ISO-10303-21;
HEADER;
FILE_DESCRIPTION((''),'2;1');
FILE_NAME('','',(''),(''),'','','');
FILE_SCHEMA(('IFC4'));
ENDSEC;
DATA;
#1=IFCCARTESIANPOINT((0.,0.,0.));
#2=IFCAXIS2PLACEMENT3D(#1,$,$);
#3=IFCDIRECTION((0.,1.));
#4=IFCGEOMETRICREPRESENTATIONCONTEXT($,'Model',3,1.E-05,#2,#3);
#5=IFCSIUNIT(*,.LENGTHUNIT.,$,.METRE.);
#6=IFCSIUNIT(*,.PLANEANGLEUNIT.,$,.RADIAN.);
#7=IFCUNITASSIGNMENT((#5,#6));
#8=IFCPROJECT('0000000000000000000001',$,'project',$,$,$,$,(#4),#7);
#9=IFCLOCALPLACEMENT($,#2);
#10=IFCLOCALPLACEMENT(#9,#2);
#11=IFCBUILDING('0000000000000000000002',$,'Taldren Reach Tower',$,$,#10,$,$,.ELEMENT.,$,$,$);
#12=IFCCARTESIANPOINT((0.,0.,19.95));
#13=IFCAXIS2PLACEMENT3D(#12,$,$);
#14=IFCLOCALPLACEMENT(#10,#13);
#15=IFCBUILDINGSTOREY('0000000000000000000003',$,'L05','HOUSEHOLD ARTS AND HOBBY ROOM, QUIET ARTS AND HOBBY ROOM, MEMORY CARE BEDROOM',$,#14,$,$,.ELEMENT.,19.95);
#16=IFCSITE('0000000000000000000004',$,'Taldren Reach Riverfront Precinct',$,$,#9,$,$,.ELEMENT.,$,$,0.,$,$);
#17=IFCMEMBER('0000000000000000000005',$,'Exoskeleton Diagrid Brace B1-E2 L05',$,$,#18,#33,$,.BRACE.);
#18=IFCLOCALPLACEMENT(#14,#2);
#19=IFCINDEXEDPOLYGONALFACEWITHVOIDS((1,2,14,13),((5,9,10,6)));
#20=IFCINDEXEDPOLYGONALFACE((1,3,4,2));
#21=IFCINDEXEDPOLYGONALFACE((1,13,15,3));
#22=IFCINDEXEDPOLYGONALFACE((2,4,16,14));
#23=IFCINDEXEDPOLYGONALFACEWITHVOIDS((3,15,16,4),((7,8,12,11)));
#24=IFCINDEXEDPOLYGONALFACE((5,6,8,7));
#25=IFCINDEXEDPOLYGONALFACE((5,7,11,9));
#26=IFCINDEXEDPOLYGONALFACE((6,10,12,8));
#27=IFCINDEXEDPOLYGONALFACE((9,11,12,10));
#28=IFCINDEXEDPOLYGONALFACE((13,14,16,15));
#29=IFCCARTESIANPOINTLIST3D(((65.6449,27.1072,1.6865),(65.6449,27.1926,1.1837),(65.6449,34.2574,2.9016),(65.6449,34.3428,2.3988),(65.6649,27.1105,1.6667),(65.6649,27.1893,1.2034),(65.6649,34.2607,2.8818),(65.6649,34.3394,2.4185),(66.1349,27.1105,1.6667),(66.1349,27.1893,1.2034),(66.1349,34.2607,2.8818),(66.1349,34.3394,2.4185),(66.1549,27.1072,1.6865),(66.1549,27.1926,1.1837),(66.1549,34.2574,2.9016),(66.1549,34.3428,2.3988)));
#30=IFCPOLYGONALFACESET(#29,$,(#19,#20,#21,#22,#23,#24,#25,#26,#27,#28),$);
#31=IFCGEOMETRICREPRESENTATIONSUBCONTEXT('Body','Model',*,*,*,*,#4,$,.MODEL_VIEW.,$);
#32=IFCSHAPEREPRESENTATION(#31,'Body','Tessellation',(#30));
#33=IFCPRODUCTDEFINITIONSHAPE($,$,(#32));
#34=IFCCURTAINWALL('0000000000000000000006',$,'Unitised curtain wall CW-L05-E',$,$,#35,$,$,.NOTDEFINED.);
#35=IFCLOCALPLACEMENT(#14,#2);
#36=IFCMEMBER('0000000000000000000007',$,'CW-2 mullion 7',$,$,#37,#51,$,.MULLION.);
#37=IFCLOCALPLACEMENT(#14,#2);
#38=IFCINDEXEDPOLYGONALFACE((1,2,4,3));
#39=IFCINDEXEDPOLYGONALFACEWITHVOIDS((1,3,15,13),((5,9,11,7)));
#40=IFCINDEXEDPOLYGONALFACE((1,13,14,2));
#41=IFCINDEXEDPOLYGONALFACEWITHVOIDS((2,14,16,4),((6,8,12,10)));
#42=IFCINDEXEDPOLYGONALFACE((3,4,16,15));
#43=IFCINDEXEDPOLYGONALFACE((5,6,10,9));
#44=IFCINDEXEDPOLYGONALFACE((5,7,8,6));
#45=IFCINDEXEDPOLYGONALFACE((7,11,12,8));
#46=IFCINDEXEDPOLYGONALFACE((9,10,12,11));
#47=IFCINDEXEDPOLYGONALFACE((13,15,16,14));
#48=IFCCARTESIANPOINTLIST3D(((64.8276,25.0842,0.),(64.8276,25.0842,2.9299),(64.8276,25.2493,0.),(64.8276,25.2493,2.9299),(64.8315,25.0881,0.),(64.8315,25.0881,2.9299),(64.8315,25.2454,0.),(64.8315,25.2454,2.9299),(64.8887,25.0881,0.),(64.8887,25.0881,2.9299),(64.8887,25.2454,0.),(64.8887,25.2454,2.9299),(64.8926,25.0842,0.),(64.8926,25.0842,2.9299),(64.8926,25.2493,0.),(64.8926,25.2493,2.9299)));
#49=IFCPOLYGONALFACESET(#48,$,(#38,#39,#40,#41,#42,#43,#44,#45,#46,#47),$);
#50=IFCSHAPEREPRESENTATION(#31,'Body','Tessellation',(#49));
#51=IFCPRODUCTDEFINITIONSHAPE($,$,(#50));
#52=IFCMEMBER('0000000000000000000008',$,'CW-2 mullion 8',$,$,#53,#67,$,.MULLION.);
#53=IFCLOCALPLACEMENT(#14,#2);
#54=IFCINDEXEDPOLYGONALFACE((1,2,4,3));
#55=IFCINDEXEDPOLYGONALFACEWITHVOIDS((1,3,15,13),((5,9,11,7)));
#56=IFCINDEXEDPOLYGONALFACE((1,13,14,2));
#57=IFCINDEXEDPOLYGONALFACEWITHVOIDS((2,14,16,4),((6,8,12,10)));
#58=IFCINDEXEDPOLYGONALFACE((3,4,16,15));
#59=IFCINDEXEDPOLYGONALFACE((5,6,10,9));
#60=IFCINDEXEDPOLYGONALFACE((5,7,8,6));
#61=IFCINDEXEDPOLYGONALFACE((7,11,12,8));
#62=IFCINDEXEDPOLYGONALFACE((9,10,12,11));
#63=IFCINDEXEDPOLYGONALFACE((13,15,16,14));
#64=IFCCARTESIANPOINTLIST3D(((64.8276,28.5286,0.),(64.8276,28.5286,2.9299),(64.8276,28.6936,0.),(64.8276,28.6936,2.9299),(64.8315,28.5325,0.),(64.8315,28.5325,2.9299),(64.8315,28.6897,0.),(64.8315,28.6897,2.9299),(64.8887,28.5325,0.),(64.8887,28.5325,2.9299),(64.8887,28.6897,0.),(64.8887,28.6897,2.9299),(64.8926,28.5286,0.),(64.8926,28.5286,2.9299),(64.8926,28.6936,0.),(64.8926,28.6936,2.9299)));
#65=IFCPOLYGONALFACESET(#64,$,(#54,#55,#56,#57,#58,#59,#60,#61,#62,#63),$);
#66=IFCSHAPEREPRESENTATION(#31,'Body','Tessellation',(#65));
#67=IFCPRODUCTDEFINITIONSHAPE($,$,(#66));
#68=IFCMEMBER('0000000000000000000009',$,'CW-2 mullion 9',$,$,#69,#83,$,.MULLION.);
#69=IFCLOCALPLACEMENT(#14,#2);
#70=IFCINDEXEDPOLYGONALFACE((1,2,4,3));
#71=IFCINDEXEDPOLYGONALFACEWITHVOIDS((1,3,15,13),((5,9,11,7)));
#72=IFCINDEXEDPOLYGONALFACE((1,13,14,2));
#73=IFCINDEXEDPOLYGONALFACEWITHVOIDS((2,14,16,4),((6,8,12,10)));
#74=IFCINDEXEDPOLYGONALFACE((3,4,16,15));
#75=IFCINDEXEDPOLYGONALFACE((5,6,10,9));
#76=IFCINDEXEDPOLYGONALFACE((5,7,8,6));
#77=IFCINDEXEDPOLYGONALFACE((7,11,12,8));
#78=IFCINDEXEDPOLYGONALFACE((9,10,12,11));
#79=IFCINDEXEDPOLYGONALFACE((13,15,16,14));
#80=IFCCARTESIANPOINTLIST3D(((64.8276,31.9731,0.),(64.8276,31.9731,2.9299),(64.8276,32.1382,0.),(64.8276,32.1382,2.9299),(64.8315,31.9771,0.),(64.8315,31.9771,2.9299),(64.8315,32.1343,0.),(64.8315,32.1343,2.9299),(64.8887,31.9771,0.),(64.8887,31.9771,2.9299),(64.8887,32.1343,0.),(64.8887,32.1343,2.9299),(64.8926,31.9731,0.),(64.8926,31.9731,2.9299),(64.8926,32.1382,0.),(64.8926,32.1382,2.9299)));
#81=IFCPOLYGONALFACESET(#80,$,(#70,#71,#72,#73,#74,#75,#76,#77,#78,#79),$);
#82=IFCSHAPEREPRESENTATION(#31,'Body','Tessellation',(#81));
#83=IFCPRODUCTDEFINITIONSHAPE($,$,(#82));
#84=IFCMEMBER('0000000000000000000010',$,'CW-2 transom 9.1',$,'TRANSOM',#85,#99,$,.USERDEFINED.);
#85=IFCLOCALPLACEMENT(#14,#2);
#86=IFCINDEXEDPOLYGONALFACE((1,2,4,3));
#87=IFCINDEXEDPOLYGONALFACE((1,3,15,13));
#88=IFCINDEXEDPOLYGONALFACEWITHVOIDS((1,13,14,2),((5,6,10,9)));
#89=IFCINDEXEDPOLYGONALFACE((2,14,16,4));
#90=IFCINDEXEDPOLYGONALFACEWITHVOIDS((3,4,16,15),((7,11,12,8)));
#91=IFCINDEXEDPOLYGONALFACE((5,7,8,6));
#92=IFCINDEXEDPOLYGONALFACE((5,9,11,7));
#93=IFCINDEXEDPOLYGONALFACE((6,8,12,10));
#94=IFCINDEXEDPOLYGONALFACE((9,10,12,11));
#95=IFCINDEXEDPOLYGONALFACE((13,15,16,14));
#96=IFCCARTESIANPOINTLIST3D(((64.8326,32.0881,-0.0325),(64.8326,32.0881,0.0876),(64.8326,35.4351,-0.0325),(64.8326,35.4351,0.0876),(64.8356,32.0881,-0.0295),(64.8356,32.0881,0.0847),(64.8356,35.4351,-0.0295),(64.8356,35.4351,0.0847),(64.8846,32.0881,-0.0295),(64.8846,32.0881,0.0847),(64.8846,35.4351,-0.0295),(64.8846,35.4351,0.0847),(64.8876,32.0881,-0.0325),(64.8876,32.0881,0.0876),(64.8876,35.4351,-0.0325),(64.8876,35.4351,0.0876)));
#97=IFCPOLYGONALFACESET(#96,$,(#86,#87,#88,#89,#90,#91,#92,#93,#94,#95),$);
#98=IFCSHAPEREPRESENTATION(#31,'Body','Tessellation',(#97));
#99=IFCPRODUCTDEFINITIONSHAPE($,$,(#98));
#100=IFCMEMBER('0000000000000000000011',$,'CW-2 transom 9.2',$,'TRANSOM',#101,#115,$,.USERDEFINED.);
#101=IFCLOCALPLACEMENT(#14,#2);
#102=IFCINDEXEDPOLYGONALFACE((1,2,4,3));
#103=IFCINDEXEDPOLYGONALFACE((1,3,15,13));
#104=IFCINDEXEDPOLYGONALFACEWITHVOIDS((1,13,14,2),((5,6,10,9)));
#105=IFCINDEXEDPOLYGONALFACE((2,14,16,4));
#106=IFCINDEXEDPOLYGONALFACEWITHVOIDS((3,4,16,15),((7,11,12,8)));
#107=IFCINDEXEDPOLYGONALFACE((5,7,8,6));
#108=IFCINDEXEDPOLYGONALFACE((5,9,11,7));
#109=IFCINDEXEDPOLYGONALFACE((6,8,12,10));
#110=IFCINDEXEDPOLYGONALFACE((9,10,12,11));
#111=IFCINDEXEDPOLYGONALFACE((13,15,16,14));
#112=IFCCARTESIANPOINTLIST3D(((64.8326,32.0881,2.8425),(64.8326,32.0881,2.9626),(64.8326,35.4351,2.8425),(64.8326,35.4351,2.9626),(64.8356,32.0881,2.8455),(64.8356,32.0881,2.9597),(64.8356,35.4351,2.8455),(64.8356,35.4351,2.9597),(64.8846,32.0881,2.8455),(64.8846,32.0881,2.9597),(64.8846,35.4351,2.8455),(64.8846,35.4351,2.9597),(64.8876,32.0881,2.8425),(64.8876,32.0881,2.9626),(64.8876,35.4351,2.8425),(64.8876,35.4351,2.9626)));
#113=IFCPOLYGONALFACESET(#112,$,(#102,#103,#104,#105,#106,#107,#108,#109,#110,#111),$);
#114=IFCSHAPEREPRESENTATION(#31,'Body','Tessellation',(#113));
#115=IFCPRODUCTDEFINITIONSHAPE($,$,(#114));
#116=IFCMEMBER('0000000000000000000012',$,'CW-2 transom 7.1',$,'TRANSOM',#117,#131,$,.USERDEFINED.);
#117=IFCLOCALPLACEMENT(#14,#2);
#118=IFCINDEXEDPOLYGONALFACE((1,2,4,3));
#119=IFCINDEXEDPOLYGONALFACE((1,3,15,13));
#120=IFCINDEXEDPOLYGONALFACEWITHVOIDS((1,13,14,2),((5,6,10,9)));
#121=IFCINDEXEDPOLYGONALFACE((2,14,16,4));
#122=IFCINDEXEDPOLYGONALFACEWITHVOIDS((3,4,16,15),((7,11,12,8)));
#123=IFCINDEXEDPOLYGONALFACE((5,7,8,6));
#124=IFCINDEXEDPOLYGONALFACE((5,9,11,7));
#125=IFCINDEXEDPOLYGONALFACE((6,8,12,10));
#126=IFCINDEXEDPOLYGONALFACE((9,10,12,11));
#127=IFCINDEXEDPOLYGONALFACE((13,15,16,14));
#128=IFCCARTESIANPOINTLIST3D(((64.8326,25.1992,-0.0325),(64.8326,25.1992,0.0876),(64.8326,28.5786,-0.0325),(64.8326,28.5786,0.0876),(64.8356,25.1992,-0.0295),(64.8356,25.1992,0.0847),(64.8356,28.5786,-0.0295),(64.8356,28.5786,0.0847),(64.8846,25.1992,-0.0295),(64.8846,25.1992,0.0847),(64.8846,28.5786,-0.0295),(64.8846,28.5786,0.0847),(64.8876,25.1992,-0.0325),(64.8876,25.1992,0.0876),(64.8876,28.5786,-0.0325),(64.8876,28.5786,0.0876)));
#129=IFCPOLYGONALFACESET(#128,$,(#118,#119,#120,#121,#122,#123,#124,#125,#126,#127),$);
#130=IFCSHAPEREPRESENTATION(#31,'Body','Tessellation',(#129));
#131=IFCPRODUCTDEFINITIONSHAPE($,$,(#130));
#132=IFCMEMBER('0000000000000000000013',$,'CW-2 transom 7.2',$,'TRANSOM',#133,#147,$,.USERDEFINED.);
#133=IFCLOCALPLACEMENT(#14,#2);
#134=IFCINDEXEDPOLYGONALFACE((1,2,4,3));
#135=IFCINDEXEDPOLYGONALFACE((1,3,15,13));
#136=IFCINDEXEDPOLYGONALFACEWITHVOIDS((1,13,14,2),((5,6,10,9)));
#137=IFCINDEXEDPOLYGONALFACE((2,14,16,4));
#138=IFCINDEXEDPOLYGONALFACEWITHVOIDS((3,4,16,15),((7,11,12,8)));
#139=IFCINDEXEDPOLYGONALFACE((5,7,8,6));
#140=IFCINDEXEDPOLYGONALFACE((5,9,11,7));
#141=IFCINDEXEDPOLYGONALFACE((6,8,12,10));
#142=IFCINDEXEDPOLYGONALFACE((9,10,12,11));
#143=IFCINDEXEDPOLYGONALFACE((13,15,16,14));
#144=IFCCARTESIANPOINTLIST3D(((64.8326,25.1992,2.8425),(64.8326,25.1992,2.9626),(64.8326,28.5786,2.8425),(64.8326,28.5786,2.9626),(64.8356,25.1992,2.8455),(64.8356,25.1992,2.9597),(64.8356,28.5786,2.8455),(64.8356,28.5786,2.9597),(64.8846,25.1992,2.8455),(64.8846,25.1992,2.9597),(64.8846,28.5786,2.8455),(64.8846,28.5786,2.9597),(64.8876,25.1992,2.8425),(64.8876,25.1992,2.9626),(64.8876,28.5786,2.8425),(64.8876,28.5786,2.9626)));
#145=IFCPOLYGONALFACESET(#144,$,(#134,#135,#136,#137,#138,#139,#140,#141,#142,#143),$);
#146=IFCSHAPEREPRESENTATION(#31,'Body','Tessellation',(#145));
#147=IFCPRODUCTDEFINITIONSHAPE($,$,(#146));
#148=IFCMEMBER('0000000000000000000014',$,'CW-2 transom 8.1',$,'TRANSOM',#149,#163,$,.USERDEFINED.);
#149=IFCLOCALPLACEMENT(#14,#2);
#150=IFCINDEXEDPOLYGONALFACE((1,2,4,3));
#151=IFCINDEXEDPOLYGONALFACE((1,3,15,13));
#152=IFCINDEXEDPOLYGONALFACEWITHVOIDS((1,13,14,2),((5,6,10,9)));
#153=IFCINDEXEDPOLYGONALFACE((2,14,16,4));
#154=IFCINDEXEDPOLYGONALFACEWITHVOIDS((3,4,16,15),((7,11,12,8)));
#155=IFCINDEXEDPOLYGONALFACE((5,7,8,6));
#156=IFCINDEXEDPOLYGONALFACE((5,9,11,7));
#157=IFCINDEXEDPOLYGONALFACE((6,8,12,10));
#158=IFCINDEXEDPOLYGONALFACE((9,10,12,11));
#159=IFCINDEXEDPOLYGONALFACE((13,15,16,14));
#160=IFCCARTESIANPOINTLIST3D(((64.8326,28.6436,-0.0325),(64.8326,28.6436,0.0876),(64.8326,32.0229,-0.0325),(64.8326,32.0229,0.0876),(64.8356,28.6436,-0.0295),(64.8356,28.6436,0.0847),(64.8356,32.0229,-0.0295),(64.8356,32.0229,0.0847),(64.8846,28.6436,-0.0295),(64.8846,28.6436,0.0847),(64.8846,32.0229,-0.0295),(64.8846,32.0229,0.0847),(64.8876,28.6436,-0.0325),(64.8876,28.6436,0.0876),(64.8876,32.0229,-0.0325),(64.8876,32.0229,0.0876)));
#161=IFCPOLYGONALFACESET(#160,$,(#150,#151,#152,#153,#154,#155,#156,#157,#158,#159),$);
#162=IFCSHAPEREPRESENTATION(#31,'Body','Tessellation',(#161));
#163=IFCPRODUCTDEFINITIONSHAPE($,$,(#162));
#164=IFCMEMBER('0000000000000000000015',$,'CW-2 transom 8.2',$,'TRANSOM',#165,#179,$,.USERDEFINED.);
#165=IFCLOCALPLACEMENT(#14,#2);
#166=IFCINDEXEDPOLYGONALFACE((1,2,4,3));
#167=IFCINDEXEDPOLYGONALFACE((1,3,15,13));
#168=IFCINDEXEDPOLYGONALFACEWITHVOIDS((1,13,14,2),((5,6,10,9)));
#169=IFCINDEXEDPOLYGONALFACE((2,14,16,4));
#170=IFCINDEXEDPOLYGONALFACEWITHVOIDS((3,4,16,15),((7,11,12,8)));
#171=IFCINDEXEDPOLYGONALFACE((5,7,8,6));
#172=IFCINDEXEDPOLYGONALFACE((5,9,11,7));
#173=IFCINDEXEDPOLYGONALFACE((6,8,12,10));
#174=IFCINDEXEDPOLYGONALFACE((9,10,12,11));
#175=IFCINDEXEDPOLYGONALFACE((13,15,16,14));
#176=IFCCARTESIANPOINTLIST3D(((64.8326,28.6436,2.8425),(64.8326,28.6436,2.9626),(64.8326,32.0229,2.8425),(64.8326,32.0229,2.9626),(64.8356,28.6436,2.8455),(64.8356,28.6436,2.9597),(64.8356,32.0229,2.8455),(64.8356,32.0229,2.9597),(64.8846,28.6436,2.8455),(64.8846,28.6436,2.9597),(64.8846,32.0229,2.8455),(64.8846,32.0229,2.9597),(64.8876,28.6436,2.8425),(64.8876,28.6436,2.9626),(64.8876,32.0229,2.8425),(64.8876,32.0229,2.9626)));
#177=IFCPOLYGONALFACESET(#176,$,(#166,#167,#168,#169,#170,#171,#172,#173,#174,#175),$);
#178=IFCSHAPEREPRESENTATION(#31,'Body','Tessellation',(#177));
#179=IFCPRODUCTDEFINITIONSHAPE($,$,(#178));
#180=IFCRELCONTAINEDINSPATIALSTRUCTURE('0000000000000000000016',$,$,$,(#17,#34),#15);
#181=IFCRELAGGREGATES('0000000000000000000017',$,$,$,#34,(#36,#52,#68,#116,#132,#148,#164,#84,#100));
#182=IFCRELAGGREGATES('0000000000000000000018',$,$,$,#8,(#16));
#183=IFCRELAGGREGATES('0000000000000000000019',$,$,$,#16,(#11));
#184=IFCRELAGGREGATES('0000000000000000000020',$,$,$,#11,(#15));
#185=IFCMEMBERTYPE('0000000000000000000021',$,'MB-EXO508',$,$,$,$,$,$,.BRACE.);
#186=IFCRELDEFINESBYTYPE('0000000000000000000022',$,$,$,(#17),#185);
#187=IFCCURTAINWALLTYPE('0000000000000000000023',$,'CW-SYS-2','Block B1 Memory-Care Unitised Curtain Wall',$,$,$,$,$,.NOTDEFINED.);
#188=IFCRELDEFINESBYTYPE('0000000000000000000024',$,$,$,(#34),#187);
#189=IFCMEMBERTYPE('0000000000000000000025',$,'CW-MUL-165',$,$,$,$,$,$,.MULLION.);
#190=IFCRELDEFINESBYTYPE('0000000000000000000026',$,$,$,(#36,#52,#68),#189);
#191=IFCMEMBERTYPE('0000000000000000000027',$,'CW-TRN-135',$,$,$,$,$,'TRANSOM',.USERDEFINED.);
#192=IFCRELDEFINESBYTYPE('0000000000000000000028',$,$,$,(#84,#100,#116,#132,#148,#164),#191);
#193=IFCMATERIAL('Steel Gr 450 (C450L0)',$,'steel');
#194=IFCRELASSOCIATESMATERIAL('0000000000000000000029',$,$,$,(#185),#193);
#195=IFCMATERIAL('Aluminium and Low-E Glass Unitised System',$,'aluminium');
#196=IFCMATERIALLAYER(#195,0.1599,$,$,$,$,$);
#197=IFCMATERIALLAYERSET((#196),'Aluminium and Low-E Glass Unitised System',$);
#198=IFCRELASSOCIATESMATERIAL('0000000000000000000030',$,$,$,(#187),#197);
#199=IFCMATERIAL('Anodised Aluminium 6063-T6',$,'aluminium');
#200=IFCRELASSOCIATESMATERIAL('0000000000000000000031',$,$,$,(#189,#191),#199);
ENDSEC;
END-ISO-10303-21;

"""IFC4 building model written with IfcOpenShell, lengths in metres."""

from ifc_helpers import new_model, si_unit, direction, frame, origin, origin_2d, place, context, subcontext, project, spatial, hollow_rectangle, extrude, source, transform, mapped, material, layer, layer_set, material_profile, profile_set, type_object, element, aggregate, save


model = new_model("IFC4")

# Units and contexts
model_context = context("Model", 3, precision=1e-05, world=origin(), true_north=direction((0.0, 1.0)))
body_context = subcontext(model_context, "Body", "Model", "MODEL_VIEW")
ifc_project = project(units=[si_unit("LENGTHUNIT", "METRE"), si_unit("PLANEANGLEUNIT", "RADIAN")], contexts=[model_context])

# Site, building, storey
site_placement = place(None, origin())
site = spatial("IfcSite", under=ifc_project, at=site_placement, Name="Taldren Reach Riverfront Precinct", CompositionType="ELEMENT", RefElevation=0.0)
building_placement = place(site_placement, origin())
building = spatial("IfcBuilding", under=site, at=building_placement, Name="Taldren Reach Tower", CompositionType="ELEMENT")
storey_placement = place(building_placement, frame((0.0, 0.0, 19.95)))
storey = spatial("IfcBuildingStorey", under=building, at=storey_placement, Name="L05", Description="HOUSEHOLD ARTS AND HOBBY ROOM, QUIET ARTS AND HOBBY ROOM, MEMORY CARE BEDROOM", CompositionType="ELEMENT", Elevation=19.95)

# Member
ifc_material_1 = material(Name="Steel Gr 450 (C450L0)", Category="steel")
ifc_material_profile_1 = material_profile(ifc_material_1, hollow_rectangle(XDim=0.51, YDim=0.51, WallThickness=0.02, at=origin_2d()), Name="510x510x20.0SHS")
ifc_profile_set_1 = profile_set([ifc_material_profile_1], Name="Steel Gr 450 (C450L0)")
member_type_1 = type_object("IfcMemberType", Name="MB-EXO508", PredefinedType="BRACE", material=ifc_profile_set_1)
shared_shape_1 = source(origin(), body_context, "Body", "SweptSolid", [
    extrude(hollow_rectangle(XDim=0.51, YDim=0.51, WallThickness=0.02, at=origin_2d()), origin(), (0.0, 0.0, 1.0), 7.2527),
])
member_1_placement = place(storey_placement, frame((65.8999, 27.1499, 1.4351), z_axis=(0.0, 0.985866, 0.167537), x_axis=(-1.0, 0.0, 0.0)))
element("IfcMember", 1, at=member_1_placement, inside=storey, type_object=member_type_1, Name="Exoskeleton Diagrid Brace B1-E2 L05", PredefinedType="BRACE", context=body_context, shape_type="MappedRepresentation", body=[
    mapped(shared_shape_1, transform((0.0, 0.0, 0.0), scale=1.0)),
])

# Curtain wall, members
ifc_material_2 = material(Name="Aluminium and Low-E Glass Unitised System", Category="aluminium")
ifc_layer_1 = layer(ifc_material_2, 0.1599)
ifc_layer_set_1 = layer_set([ifc_layer_1], Name="Aluminium and Low-E Glass Unitised System")
curtain_wall_type = type_object("IfcCurtainWallType", Name="CW-SYS-2", Description="Block B1 Memory-Care Unitised Curtain Wall", PredefinedType="NOTDEFINED", material=ifc_layer_set_1)
curtain_wall_placement = place(storey_placement, origin())
curtain_wall = element("IfcCurtainWall", 2, at=curtain_wall_placement, inside=storey, type_object=curtain_wall_type, Name="Unitised curtain wall CW-L05-E", PredefinedType="NOTDEFINED")
ifc_material_3 = material(Name="Anodised Aluminium 6063-T6", Category="aluminium")
ifc_material_profile_2 = material_profile(ifc_material_3, hollow_rectangle(XDim=0.0649, YDim=0.165, WallThickness=0.0039, at=origin_2d()), Name="ALU-165x65x4RHS")
ifc_profile_set_2 = profile_set([ifc_material_profile_2], Name="Anodised Aluminium 6063-T6")
member_type_2 = type_object("IfcMemberType", Name="CW-MUL-165", PredefinedType="MULLION", material=ifc_profile_set_2)
shared_shape_2 = source(origin(), body_context, "Body", "SweptSolid", [
    extrude(hollow_rectangle(XDim=0.0649, YDim=0.165, WallThickness=0.0039, at=origin_2d()), origin(), (0.0, 0.0, 1.0), 2.9299),
])
member_2_placement = place(storey_placement, frame((64.8601, 25.1667, 0.0), z_axis=(0.0, 0.0, 1.0), x_axis=(-1.0, 0.0, 0.0)))
member_2 = element("IfcMember", 3, at=member_2_placement, type_object=member_type_2, Name="CW-2 mullion 7", PredefinedType="MULLION", context=body_context, shape_type="MappedRepresentation", body=[
    mapped(shared_shape_2, transform((0.0, 0.0, 0.0), scale=1.0)),
])
member_3_placement = place(storey_placement, frame((64.8601, 28.6111, 0.0), z_axis=(0.0, 0.0, 1.0), x_axis=(-1.0, 0.0, 0.0)))
member_3 = element("IfcMember", 4, at=member_3_placement, type_object=member_type_2, Name="CW-2 mullion 8", PredefinedType="MULLION", context=body_context, shape_type="MappedRepresentation", body=[
    mapped(shared_shape_2, transform((0.0, 0.0, 0.0), scale=1.0)),
])
member_4_placement = place(storey_placement, frame((64.8601, 32.0557, 0.0), z_axis=(0.0, 0.0, 1.0), x_axis=(-1.0, 0.0, 0.0)))
member_4 = element("IfcMember", 5, at=member_4_placement, type_object=member_type_2, Name="CW-2 mullion 9", PredefinedType="MULLION", context=body_context, shape_type="MappedRepresentation", body=[
    mapped(shared_shape_2, transform((0.0, 0.0, 0.0), scale=1.0)),
])
ifc_material_profile_3 = material_profile(ifc_material_3, hollow_rectangle(XDim=0.0549, YDim=0.1201, WallThickness=0.0029, at=origin_2d()), Name="ALU-120x55x3RHS")
ifc_profile_set_3 = profile_set([ifc_material_profile_3], Name="Anodised Aluminium 6063-T6")
member_type_3 = type_object("IfcMemberType", Name="CW-TRN-135", ElementType="TRANSOM", PredefinedType="USERDEFINED", material=ifc_profile_set_3)
shared_shape_3 = source(origin(), body_context, "Body", "SweptSolid", [
    extrude(hollow_rectangle(XDim=0.0549, YDim=0.1201, WallThickness=0.0029, at=origin_2d()), origin(), (0.0, 0.0, 1.0), 3.3469),
])
member_5_placement = place(storey_placement, frame((64.8601, 32.0881, 0.0276), z_axis=(0.0, 1.0, 0.0), x_axis=(-1.0, 0.0, 0.0)))
member_5 = element("IfcMember", 6, at=member_5_placement, type_object=member_type_3, Name="CW-2 transom 9.1", ObjectType="TRANSOM", PredefinedType="USERDEFINED", context=body_context, shape_type="MappedRepresentation", body=[
    mapped(shared_shape_3, transform((0.0, 0.0, 0.0), scale=1.0)),
])
member_6_placement = place(storey_placement, frame((64.8601, 32.0881, 2.9026), z_axis=(0.0, 1.0, 0.0), x_axis=(-1.0, 0.0, 0.0)))
member_6 = element("IfcMember", 7, at=member_6_placement, type_object=member_type_3, Name="CW-2 transom 9.2", ObjectType="TRANSOM", PredefinedType="USERDEFINED", context=body_context, shape_type="MappedRepresentation", body=[
    mapped(shared_shape_3, transform((0.0, 0.0, 0.0), scale=1.0)),
])
shared_shape_4 = source(origin(), body_context, "Body", "SweptSolid", [
    extrude(hollow_rectangle(XDim=0.0549, YDim=0.1201, WallThickness=0.0029, at=origin_2d()), origin(), (0.0, 0.0, 1.0), 3.3794),
])
member_7_placement = place(storey_placement, frame((64.8601, 25.1992, 0.0276), z_axis=(0.0, 1.0, 0.0), x_axis=(-1.0, 0.0, 0.0)))
member_7 = element("IfcMember", 8, at=member_7_placement, type_object=member_type_3, Name="CW-2 transom 7.1", ObjectType="TRANSOM", PredefinedType="USERDEFINED", context=body_context, shape_type="MappedRepresentation", body=[
    mapped(shared_shape_4, transform((0.0, 0.0, 0.0), scale=1.0)),
])
member_8_placement = place(storey_placement, frame((64.8601, 25.1992, 2.9026), z_axis=(0.0, 1.0, 0.0), x_axis=(-1.0, 0.0, 0.0)))
member_8 = element("IfcMember", 9, at=member_8_placement, type_object=member_type_3, Name="CW-2 transom 7.2", ObjectType="TRANSOM", PredefinedType="USERDEFINED", context=body_context, shape_type="MappedRepresentation", body=[
    mapped(shared_shape_4, transform((0.0, 0.0, 0.0), scale=1.0)),
])
member_9_placement = place(storey_placement, frame((64.8601, 28.6436, 0.0276), z_axis=(0.0, 1.0, 0.0), x_axis=(-1.0, 0.0, 0.0)))
member_9 = element("IfcMember", 10, at=member_9_placement, type_object=member_type_3, Name="CW-2 transom 8.1", ObjectType="TRANSOM", PredefinedType="USERDEFINED", context=body_context, shape_type="MappedRepresentation", body=[
    mapped(shared_shape_4, transform((0.0, 0.0, 0.0), scale=1.0)),
])
member_10_placement = place(storey_placement, frame((64.8601, 28.6436, 2.9026), z_axis=(0.0, 1.0, 0.0), x_axis=(-1.0, 0.0, 0.0)))
member_10 = element("IfcMember", 11, at=member_10_placement, type_object=member_type_3, Name="CW-2 transom 8.2", ObjectType="TRANSOM", PredefinedType="USERDEFINED", context=body_context, shape_type="MappedRepresentation", body=[
    mapped(shared_shape_4, transform((0.0, 0.0, 0.0), scale=1.0)),
])

aggregate(curtain_wall, [member_2, member_3, member_4, member_7, member_8, member_9, member_10, member_5, member_6])

save(model, "model.ifc")
